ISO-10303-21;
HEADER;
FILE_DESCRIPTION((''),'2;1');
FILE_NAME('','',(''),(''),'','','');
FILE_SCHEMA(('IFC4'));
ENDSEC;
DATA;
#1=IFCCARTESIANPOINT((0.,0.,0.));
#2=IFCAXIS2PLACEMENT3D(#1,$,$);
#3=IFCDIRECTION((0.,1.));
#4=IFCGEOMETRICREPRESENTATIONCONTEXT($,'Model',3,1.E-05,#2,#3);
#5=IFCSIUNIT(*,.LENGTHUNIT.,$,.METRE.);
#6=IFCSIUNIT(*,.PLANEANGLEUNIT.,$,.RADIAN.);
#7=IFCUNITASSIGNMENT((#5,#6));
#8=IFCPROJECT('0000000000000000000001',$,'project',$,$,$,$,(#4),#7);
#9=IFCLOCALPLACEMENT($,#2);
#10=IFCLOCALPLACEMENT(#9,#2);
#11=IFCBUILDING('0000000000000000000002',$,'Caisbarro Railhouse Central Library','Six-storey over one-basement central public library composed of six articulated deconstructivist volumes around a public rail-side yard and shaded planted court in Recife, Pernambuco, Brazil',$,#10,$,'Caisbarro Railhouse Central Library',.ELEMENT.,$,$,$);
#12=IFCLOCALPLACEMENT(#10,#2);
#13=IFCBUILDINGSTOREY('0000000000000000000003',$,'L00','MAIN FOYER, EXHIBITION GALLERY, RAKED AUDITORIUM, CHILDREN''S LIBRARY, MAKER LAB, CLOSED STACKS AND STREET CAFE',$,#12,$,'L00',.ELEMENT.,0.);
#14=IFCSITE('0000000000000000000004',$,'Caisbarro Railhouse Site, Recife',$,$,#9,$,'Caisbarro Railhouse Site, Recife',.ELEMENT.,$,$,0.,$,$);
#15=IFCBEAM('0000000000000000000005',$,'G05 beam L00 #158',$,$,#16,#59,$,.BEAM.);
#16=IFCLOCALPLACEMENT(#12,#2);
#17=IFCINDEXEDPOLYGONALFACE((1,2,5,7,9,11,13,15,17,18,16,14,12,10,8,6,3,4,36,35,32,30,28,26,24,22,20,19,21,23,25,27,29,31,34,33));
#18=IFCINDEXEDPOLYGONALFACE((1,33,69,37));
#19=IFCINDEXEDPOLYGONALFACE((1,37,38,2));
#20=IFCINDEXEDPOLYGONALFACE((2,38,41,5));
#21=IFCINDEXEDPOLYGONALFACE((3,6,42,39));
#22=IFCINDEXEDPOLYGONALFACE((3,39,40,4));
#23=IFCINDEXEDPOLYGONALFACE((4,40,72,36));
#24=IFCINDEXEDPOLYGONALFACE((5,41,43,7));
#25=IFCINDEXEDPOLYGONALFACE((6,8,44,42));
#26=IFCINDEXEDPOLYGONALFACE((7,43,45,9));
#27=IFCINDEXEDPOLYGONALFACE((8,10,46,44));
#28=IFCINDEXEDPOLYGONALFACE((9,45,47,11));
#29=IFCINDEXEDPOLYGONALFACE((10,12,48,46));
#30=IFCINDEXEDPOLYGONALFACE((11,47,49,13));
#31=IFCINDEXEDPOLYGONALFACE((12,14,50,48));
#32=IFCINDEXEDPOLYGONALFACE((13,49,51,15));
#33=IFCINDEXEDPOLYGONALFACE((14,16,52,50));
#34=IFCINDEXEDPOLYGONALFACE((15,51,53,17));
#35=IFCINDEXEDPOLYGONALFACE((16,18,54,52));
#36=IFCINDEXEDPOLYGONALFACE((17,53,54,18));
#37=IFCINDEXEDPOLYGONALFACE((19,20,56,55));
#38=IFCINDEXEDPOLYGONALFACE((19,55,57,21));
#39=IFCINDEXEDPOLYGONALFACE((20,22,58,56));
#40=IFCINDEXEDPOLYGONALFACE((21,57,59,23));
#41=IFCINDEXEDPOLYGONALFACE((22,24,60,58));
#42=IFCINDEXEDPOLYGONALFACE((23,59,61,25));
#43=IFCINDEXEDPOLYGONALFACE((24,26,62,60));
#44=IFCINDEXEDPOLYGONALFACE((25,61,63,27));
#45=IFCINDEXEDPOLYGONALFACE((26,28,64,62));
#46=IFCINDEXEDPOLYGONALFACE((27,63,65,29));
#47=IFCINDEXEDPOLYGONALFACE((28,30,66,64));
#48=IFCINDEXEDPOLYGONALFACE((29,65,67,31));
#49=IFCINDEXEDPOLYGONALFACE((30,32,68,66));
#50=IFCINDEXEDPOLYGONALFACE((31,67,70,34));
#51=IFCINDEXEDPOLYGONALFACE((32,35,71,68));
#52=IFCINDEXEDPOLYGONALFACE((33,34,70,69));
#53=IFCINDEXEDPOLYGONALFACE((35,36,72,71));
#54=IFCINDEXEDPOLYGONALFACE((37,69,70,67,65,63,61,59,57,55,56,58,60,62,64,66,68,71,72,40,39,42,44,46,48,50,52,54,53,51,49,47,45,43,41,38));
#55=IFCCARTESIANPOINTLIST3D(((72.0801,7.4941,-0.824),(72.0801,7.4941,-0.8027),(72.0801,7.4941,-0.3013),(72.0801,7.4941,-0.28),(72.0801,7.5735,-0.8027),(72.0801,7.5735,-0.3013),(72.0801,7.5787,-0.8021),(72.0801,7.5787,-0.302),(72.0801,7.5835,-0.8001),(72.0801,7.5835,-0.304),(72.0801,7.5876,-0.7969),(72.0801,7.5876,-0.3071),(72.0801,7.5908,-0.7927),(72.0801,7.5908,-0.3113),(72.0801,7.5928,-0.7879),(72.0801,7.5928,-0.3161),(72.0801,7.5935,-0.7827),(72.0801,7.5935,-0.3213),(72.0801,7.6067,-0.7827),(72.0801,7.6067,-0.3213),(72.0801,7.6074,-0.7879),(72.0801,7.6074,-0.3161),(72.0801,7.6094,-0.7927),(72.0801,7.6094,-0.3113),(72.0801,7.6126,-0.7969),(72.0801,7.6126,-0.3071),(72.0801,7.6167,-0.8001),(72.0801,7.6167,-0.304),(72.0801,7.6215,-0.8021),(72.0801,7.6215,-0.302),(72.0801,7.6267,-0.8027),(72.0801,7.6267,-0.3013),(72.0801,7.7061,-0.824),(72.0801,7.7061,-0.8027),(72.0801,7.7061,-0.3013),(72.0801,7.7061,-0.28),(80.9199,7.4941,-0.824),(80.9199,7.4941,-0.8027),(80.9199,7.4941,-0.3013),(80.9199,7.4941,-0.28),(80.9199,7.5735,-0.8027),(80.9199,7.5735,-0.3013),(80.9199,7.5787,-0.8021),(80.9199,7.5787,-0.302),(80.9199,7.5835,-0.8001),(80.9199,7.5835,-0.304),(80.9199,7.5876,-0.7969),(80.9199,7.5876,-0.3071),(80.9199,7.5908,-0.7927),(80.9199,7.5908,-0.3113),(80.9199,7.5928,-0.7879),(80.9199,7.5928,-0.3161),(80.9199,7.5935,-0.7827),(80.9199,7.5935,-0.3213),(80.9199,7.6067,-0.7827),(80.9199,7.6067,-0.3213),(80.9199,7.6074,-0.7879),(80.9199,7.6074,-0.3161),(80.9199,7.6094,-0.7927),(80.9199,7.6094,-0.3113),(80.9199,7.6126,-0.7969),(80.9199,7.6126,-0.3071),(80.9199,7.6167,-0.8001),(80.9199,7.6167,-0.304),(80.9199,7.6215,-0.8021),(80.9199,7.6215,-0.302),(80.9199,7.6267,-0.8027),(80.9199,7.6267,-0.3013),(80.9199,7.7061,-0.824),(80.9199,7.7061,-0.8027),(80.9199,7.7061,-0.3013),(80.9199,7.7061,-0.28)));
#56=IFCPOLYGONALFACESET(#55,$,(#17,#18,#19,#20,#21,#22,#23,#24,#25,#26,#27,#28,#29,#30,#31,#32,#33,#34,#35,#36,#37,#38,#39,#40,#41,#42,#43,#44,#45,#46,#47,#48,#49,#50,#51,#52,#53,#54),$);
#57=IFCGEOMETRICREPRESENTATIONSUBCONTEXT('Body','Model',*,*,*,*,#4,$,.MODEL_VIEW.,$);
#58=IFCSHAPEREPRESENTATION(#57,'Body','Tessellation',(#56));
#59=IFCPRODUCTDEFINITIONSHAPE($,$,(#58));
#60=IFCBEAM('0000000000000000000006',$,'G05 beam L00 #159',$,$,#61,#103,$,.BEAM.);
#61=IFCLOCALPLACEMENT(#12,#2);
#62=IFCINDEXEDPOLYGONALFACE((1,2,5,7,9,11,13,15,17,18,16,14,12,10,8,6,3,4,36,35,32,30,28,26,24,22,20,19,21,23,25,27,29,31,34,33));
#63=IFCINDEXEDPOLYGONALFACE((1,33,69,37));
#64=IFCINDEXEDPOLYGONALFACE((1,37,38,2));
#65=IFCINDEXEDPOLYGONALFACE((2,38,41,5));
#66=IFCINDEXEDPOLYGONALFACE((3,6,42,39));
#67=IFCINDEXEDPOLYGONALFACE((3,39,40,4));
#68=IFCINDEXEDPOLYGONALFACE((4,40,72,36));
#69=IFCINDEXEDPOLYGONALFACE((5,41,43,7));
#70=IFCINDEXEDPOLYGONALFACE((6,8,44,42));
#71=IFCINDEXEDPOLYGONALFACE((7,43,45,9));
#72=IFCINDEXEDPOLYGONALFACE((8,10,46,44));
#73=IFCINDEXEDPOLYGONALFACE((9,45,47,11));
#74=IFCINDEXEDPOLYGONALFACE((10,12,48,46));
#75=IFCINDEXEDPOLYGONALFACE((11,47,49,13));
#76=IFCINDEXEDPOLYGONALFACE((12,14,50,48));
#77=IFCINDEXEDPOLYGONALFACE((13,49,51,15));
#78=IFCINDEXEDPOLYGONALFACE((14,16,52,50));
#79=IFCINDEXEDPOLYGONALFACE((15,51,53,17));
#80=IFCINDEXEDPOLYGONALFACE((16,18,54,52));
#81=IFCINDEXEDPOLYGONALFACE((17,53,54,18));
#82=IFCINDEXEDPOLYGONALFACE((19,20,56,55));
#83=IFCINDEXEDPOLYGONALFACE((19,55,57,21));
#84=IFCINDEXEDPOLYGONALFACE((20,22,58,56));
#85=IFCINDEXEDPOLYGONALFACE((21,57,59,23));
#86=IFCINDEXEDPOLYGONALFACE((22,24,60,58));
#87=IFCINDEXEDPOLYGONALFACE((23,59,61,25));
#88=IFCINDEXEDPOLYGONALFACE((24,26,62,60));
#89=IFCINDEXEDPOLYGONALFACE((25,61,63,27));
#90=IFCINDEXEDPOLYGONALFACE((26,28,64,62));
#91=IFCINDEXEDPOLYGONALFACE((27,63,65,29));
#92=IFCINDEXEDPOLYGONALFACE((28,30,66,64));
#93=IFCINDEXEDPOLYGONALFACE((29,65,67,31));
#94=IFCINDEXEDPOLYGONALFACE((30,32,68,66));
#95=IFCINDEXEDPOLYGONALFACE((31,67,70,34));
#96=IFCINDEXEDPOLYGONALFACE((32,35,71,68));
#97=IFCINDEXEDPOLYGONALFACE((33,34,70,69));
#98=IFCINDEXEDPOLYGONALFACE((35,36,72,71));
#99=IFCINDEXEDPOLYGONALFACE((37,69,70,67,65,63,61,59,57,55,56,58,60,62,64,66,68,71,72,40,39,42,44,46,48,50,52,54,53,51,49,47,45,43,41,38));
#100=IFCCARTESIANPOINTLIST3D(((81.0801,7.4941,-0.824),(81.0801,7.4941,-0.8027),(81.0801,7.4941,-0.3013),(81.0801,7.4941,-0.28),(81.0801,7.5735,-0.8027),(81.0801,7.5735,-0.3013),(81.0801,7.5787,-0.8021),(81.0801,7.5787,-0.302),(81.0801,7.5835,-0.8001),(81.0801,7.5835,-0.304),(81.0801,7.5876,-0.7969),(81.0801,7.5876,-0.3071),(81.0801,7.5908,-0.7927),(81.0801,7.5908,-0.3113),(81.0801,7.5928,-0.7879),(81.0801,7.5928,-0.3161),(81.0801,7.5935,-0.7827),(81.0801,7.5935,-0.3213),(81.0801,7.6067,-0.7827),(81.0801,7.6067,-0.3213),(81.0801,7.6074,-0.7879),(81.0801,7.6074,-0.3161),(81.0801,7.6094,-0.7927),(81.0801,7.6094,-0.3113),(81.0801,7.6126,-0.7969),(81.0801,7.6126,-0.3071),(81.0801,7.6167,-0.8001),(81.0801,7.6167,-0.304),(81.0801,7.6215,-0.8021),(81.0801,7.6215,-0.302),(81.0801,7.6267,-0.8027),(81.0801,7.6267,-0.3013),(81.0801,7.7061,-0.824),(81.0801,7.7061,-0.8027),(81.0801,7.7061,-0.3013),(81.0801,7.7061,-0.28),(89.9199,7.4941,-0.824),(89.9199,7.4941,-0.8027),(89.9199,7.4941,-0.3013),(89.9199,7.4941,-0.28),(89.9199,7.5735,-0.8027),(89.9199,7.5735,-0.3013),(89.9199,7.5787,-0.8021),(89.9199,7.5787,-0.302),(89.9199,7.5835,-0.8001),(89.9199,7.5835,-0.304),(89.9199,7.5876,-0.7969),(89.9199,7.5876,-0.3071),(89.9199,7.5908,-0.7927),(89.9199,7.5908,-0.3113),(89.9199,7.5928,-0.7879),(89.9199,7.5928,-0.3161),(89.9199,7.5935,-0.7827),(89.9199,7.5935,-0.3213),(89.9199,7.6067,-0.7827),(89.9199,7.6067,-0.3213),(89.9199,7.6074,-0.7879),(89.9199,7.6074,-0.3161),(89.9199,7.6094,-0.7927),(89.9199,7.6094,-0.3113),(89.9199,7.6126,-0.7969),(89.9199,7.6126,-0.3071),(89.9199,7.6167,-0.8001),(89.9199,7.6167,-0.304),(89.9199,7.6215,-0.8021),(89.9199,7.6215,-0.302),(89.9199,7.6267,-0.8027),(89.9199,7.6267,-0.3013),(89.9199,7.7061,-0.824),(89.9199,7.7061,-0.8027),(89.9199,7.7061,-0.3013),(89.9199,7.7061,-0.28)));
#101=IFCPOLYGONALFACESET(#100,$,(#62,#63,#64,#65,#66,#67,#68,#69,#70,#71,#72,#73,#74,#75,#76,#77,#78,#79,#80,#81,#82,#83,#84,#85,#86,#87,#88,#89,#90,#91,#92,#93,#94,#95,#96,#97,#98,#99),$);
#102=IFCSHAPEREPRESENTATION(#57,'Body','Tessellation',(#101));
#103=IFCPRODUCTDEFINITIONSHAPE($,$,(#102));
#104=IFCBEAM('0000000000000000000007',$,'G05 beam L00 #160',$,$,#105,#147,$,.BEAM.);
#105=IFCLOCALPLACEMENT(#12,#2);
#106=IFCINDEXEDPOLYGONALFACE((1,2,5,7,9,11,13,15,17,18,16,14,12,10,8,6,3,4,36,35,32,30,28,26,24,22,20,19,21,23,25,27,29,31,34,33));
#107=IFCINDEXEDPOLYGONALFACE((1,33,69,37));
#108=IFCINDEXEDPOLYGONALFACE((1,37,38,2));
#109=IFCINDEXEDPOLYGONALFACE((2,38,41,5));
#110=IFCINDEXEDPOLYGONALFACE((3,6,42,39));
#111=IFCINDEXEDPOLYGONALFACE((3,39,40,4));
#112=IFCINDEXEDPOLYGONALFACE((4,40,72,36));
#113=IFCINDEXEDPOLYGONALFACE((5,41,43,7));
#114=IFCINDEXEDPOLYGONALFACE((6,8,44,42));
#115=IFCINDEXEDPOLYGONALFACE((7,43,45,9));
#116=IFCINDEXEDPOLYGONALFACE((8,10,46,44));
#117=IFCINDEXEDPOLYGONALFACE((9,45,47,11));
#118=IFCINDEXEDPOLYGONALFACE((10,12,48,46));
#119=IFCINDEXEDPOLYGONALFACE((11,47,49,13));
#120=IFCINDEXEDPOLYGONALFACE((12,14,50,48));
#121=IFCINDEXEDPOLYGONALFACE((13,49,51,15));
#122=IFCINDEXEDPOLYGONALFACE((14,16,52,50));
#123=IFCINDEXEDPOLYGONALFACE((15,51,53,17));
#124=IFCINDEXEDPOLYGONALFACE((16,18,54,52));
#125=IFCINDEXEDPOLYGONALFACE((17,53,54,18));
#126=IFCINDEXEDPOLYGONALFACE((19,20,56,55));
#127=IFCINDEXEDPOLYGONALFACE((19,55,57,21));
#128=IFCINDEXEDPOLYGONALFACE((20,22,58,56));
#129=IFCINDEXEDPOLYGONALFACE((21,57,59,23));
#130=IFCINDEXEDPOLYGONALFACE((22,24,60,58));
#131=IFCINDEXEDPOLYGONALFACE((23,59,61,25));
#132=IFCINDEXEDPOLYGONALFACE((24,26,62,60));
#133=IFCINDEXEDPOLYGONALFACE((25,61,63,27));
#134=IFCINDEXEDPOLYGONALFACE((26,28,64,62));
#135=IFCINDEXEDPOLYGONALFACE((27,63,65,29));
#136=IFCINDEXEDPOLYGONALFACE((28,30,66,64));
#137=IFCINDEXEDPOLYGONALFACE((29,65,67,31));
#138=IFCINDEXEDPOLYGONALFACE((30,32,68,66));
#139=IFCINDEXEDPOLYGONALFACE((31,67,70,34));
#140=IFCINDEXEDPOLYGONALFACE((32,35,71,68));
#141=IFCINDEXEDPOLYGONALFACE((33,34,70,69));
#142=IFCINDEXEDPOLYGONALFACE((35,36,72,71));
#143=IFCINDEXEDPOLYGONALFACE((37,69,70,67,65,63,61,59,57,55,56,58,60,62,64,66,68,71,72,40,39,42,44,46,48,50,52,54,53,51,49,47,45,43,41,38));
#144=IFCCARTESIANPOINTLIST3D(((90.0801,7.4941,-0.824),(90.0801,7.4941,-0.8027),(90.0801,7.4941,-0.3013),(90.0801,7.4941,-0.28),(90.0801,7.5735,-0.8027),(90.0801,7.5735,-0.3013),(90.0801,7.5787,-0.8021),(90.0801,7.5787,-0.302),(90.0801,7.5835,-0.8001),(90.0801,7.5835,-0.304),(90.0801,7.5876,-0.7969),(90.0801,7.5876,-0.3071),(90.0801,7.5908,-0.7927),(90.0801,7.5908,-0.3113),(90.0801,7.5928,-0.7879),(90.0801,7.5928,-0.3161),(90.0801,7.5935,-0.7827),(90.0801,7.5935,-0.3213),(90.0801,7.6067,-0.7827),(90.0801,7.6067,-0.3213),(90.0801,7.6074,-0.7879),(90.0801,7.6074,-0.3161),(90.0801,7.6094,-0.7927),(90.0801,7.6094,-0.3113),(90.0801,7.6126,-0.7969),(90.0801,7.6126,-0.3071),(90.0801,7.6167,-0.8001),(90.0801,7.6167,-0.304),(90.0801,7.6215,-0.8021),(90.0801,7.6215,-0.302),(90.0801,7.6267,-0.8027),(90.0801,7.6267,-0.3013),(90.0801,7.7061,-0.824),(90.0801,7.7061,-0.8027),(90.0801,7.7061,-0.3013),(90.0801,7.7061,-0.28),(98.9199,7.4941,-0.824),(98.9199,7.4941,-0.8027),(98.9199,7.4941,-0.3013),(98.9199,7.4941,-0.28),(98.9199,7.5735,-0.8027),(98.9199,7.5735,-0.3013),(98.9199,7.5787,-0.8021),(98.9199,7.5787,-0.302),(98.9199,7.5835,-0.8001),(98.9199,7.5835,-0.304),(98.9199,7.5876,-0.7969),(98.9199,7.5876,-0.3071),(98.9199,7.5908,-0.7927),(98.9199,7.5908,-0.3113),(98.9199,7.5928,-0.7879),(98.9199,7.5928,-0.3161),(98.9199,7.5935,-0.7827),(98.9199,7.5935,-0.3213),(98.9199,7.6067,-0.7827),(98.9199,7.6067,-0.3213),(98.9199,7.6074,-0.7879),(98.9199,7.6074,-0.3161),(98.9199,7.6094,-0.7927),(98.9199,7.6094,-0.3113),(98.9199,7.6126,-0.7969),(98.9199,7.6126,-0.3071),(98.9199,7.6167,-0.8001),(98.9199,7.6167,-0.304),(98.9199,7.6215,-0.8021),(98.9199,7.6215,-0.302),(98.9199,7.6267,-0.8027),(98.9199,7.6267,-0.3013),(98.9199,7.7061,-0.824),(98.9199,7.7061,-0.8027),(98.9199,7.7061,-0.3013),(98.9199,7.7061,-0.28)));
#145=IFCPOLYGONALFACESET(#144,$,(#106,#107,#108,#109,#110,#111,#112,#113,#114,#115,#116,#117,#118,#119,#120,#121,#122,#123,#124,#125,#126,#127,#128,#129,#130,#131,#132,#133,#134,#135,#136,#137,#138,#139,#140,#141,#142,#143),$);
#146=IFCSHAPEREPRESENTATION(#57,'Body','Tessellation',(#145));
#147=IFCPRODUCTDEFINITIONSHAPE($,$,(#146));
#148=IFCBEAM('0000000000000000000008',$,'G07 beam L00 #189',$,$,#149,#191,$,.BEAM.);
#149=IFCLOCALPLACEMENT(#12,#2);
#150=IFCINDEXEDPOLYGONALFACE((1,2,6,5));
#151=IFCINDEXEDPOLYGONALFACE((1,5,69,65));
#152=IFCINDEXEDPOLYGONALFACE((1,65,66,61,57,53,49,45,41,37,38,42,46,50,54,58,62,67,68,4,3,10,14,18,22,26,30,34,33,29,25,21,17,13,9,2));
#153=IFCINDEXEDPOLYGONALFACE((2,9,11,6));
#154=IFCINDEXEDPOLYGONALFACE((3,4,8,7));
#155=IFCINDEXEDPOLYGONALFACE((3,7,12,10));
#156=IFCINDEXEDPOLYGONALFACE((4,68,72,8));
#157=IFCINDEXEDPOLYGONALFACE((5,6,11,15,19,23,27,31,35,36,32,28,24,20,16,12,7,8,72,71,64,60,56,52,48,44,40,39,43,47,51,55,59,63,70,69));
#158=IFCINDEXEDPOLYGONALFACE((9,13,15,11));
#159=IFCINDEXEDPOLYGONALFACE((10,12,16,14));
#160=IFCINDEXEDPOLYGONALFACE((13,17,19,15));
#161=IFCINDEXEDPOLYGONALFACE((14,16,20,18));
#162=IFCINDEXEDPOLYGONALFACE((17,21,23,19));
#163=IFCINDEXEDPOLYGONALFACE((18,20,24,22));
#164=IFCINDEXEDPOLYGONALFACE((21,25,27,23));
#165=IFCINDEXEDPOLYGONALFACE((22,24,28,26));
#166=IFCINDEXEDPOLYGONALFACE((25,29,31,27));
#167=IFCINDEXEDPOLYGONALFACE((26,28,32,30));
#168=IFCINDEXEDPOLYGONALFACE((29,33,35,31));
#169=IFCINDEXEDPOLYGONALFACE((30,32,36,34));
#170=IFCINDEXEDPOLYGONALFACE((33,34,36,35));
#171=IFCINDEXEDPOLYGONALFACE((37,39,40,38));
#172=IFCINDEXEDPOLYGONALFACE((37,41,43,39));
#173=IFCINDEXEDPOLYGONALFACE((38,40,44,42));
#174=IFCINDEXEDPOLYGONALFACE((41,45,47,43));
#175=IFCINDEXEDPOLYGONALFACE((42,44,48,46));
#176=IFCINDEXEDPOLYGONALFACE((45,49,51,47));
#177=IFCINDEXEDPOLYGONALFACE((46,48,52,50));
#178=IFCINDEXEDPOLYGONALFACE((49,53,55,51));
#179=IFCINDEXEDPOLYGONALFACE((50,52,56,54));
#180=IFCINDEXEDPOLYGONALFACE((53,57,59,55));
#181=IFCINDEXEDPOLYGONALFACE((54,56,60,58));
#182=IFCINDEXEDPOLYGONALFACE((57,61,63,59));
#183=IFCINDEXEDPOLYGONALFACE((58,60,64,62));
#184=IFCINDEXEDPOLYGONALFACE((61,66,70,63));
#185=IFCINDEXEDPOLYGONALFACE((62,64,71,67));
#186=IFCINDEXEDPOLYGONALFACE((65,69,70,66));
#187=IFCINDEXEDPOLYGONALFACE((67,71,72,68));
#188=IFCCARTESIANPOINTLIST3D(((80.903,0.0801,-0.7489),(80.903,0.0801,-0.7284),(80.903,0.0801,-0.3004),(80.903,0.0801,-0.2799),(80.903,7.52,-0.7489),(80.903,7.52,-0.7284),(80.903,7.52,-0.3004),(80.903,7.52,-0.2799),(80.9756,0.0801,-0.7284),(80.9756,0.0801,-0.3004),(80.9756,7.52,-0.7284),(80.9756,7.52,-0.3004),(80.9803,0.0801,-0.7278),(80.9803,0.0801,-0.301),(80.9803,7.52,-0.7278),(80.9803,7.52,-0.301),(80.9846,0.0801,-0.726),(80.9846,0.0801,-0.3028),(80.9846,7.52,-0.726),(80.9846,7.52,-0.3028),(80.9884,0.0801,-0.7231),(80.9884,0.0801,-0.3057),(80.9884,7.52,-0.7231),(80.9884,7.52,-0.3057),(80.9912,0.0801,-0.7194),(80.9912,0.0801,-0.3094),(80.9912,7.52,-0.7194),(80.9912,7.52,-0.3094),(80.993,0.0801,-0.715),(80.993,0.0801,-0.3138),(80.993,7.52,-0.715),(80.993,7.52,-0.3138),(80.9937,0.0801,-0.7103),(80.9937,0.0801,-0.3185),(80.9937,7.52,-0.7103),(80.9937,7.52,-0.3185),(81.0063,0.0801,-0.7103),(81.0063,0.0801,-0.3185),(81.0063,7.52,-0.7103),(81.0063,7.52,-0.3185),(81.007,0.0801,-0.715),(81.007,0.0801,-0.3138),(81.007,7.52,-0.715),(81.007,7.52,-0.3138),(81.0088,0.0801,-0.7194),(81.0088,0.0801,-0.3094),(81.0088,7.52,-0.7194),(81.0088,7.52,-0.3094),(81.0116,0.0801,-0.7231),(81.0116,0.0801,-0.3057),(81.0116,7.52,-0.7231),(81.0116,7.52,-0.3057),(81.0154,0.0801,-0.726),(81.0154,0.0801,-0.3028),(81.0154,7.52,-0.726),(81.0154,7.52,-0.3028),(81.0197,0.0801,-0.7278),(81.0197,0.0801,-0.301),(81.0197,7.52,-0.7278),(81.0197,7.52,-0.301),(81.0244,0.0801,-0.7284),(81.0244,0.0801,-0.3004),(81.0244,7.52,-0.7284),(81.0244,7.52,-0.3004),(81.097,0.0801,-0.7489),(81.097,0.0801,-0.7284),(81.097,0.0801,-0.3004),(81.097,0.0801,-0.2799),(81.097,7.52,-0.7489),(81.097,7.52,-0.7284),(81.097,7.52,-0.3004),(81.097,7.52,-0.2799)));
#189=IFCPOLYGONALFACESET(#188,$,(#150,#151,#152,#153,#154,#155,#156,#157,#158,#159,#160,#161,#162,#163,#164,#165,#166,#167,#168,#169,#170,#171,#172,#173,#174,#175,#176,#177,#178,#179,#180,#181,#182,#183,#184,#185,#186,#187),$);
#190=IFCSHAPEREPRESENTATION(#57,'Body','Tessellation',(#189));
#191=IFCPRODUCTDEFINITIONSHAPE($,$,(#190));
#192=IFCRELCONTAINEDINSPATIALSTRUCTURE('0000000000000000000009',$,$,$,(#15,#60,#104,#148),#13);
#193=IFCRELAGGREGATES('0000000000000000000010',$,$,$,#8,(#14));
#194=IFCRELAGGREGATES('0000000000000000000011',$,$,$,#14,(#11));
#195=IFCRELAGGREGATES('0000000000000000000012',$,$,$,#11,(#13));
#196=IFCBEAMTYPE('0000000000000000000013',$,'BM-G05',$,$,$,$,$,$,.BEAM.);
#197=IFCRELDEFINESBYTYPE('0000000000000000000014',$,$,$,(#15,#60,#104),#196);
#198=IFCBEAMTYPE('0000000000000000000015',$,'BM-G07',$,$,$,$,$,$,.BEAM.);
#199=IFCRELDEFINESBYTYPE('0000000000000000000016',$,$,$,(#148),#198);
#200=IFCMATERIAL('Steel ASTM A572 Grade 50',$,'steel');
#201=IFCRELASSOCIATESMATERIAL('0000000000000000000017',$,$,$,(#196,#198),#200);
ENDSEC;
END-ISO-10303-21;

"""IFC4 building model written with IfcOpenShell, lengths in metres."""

from ifc_helpers import new_model, si_unit, direction, frame, origin, origin_2d, place, context, subcontext, project, spatial, i_section, extrude, material, material_profile, profile_set, type_object, element, save


model = new_model("IFC4")

# Units and contexts
model_context = context("Model", 3, precision=1e-05, world=origin(), true_north=direction((0.0, 1.0)))
body_context = subcontext(model_context, "Body", "Model", "MODEL_VIEW")
ifc_project = project(units=[si_unit("LENGTHUNIT", "METRE"), si_unit("PLANEANGLEUNIT", "RADIAN")], contexts=[model_context])

# Site, building, storey
site_placement = place(None, origin())
site = spatial("IfcSite", under=ifc_project, at=site_placement, Name="Caisbarro Railhouse Site, Recife", LongName="Caisbarro Railhouse Site, Recife", CompositionType="ELEMENT", RefElevation=0.0)
building_placement = place(site_placement, origin())
building = spatial("IfcBuilding", under=site, at=building_placement, Name="Caisbarro Railhouse Central Library", Description="Six-storey over one-basement central public library composed of six articulated deconstructivist volumes around a public rail-side yard and shaded planted court in Recife, Pernambuco, Brazil", LongName="Caisbarro Railhouse Central Library", CompositionType="ELEMENT")
storey_placement = place(building_placement, origin())
storey = spatial("IfcBuildingStorey", under=building, at=storey_placement, Name="L00", Description="MAIN FOYER, EXHIBITION GALLERY, RAKED AUDITORIUM, CHILDREN'S LIBRARY, MAKER LAB, CLOSED STACKS AND STREET CAFE", LongName="L00", CompositionType="ELEMENT", Elevation=0.0)

# Shared definitions
ifc_material_1 = material(Name="Steel ASTM A572 Grade 50", Category="steel")

# Beams
ifc_material_profile_1 = material_profile(ifc_material_1, i_section(OverallWidth=0.2119, OverallDepth=0.5439, WebThickness=0.0132, FlangeThickness=0.0212, FilletRadius=0.02, at=origin_2d()), Name="W530X123.0")
ifc_profile_set_1 = profile_set([ifc_material_profile_1], Name="Steel ASTM A572 Grade 50")
beam_type_1 = type_object("IfcBeamType", Name="BM-G05", PredefinedType="BEAM", material=ifc_profile_set_1)
for number, where, z_axis, x_axis, name in (
    (1, (72.0801, 7.6001, -0.552), (1.0, 0.0, 0.0), (0.0, 1.0, 0.0), "G05 beam L00 #158"),
    (2, (81.0801, 7.6001, -0.552), (1.0, 0.0, 0.0), (0.0, 1.0, 0.0), "G05 beam L00 #159"),
    (3, (90.0801, 7.6001, -0.552), (1.0, 0.0, 0.0), (0.0, 1.0, 0.0), "G05 beam L00 #160"),
):
    element("IfcBeam", number, at=place(storey_placement, frame(where, z_axis=z_axis, x_axis=x_axis)), inside=storey, type_object=beam_type_1, Name=name, PredefinedType="BEAM", context=body_context, shape_type="SweptSolid", body=[
        extrude(i_section(OverallWidth=0.2119, OverallDepth=0.5439, WebThickness=0.0132, FlangeThickness=0.0212, FilletRadius=0.02, at=origin_2d()), origin(), (0.0, 0.0, 1.0), 8.8398),
    ])
ifc_material_profile_2 = material_profile(ifc_material_1, i_section(OverallWidth=0.1941, OverallDepth=0.469, WebThickness=0.0127, FlangeThickness=0.0205, FilletRadius=0.0181, at=origin_2d()), Name="W460X106.0")
ifc_profile_set_2 = profile_set([ifc_material_profile_2], Name="Steel ASTM A572 Grade 50")
beam_type_2 = type_object("IfcBeamType", Name="BM-G07", PredefinedType="BEAM", material=ifc_profile_set_2)
beam_1_placement = place(storey_placement, frame((81.0, 0.0801, -0.5144), z_axis=(0.0, 1.0, 0.0), x_axis=(-1.0, 0.0, 0.0)))
element("IfcBeam", 4, at=beam_1_placement, inside=storey, type_object=beam_type_2, Name="G07 beam L00 #189", PredefinedType="BEAM", context=body_context, shape_type="SweptSolid", body=[
    extrude(i_section(OverallWidth=0.1941, OverallDepth=0.469, WebThickness=0.0127, FlangeThickness=0.0205, FilletRadius=0.0181, at=origin_2d()), origin(), (0.0, 0.0, 1.0), 7.4399),
])

save(model, "model.ifc")
